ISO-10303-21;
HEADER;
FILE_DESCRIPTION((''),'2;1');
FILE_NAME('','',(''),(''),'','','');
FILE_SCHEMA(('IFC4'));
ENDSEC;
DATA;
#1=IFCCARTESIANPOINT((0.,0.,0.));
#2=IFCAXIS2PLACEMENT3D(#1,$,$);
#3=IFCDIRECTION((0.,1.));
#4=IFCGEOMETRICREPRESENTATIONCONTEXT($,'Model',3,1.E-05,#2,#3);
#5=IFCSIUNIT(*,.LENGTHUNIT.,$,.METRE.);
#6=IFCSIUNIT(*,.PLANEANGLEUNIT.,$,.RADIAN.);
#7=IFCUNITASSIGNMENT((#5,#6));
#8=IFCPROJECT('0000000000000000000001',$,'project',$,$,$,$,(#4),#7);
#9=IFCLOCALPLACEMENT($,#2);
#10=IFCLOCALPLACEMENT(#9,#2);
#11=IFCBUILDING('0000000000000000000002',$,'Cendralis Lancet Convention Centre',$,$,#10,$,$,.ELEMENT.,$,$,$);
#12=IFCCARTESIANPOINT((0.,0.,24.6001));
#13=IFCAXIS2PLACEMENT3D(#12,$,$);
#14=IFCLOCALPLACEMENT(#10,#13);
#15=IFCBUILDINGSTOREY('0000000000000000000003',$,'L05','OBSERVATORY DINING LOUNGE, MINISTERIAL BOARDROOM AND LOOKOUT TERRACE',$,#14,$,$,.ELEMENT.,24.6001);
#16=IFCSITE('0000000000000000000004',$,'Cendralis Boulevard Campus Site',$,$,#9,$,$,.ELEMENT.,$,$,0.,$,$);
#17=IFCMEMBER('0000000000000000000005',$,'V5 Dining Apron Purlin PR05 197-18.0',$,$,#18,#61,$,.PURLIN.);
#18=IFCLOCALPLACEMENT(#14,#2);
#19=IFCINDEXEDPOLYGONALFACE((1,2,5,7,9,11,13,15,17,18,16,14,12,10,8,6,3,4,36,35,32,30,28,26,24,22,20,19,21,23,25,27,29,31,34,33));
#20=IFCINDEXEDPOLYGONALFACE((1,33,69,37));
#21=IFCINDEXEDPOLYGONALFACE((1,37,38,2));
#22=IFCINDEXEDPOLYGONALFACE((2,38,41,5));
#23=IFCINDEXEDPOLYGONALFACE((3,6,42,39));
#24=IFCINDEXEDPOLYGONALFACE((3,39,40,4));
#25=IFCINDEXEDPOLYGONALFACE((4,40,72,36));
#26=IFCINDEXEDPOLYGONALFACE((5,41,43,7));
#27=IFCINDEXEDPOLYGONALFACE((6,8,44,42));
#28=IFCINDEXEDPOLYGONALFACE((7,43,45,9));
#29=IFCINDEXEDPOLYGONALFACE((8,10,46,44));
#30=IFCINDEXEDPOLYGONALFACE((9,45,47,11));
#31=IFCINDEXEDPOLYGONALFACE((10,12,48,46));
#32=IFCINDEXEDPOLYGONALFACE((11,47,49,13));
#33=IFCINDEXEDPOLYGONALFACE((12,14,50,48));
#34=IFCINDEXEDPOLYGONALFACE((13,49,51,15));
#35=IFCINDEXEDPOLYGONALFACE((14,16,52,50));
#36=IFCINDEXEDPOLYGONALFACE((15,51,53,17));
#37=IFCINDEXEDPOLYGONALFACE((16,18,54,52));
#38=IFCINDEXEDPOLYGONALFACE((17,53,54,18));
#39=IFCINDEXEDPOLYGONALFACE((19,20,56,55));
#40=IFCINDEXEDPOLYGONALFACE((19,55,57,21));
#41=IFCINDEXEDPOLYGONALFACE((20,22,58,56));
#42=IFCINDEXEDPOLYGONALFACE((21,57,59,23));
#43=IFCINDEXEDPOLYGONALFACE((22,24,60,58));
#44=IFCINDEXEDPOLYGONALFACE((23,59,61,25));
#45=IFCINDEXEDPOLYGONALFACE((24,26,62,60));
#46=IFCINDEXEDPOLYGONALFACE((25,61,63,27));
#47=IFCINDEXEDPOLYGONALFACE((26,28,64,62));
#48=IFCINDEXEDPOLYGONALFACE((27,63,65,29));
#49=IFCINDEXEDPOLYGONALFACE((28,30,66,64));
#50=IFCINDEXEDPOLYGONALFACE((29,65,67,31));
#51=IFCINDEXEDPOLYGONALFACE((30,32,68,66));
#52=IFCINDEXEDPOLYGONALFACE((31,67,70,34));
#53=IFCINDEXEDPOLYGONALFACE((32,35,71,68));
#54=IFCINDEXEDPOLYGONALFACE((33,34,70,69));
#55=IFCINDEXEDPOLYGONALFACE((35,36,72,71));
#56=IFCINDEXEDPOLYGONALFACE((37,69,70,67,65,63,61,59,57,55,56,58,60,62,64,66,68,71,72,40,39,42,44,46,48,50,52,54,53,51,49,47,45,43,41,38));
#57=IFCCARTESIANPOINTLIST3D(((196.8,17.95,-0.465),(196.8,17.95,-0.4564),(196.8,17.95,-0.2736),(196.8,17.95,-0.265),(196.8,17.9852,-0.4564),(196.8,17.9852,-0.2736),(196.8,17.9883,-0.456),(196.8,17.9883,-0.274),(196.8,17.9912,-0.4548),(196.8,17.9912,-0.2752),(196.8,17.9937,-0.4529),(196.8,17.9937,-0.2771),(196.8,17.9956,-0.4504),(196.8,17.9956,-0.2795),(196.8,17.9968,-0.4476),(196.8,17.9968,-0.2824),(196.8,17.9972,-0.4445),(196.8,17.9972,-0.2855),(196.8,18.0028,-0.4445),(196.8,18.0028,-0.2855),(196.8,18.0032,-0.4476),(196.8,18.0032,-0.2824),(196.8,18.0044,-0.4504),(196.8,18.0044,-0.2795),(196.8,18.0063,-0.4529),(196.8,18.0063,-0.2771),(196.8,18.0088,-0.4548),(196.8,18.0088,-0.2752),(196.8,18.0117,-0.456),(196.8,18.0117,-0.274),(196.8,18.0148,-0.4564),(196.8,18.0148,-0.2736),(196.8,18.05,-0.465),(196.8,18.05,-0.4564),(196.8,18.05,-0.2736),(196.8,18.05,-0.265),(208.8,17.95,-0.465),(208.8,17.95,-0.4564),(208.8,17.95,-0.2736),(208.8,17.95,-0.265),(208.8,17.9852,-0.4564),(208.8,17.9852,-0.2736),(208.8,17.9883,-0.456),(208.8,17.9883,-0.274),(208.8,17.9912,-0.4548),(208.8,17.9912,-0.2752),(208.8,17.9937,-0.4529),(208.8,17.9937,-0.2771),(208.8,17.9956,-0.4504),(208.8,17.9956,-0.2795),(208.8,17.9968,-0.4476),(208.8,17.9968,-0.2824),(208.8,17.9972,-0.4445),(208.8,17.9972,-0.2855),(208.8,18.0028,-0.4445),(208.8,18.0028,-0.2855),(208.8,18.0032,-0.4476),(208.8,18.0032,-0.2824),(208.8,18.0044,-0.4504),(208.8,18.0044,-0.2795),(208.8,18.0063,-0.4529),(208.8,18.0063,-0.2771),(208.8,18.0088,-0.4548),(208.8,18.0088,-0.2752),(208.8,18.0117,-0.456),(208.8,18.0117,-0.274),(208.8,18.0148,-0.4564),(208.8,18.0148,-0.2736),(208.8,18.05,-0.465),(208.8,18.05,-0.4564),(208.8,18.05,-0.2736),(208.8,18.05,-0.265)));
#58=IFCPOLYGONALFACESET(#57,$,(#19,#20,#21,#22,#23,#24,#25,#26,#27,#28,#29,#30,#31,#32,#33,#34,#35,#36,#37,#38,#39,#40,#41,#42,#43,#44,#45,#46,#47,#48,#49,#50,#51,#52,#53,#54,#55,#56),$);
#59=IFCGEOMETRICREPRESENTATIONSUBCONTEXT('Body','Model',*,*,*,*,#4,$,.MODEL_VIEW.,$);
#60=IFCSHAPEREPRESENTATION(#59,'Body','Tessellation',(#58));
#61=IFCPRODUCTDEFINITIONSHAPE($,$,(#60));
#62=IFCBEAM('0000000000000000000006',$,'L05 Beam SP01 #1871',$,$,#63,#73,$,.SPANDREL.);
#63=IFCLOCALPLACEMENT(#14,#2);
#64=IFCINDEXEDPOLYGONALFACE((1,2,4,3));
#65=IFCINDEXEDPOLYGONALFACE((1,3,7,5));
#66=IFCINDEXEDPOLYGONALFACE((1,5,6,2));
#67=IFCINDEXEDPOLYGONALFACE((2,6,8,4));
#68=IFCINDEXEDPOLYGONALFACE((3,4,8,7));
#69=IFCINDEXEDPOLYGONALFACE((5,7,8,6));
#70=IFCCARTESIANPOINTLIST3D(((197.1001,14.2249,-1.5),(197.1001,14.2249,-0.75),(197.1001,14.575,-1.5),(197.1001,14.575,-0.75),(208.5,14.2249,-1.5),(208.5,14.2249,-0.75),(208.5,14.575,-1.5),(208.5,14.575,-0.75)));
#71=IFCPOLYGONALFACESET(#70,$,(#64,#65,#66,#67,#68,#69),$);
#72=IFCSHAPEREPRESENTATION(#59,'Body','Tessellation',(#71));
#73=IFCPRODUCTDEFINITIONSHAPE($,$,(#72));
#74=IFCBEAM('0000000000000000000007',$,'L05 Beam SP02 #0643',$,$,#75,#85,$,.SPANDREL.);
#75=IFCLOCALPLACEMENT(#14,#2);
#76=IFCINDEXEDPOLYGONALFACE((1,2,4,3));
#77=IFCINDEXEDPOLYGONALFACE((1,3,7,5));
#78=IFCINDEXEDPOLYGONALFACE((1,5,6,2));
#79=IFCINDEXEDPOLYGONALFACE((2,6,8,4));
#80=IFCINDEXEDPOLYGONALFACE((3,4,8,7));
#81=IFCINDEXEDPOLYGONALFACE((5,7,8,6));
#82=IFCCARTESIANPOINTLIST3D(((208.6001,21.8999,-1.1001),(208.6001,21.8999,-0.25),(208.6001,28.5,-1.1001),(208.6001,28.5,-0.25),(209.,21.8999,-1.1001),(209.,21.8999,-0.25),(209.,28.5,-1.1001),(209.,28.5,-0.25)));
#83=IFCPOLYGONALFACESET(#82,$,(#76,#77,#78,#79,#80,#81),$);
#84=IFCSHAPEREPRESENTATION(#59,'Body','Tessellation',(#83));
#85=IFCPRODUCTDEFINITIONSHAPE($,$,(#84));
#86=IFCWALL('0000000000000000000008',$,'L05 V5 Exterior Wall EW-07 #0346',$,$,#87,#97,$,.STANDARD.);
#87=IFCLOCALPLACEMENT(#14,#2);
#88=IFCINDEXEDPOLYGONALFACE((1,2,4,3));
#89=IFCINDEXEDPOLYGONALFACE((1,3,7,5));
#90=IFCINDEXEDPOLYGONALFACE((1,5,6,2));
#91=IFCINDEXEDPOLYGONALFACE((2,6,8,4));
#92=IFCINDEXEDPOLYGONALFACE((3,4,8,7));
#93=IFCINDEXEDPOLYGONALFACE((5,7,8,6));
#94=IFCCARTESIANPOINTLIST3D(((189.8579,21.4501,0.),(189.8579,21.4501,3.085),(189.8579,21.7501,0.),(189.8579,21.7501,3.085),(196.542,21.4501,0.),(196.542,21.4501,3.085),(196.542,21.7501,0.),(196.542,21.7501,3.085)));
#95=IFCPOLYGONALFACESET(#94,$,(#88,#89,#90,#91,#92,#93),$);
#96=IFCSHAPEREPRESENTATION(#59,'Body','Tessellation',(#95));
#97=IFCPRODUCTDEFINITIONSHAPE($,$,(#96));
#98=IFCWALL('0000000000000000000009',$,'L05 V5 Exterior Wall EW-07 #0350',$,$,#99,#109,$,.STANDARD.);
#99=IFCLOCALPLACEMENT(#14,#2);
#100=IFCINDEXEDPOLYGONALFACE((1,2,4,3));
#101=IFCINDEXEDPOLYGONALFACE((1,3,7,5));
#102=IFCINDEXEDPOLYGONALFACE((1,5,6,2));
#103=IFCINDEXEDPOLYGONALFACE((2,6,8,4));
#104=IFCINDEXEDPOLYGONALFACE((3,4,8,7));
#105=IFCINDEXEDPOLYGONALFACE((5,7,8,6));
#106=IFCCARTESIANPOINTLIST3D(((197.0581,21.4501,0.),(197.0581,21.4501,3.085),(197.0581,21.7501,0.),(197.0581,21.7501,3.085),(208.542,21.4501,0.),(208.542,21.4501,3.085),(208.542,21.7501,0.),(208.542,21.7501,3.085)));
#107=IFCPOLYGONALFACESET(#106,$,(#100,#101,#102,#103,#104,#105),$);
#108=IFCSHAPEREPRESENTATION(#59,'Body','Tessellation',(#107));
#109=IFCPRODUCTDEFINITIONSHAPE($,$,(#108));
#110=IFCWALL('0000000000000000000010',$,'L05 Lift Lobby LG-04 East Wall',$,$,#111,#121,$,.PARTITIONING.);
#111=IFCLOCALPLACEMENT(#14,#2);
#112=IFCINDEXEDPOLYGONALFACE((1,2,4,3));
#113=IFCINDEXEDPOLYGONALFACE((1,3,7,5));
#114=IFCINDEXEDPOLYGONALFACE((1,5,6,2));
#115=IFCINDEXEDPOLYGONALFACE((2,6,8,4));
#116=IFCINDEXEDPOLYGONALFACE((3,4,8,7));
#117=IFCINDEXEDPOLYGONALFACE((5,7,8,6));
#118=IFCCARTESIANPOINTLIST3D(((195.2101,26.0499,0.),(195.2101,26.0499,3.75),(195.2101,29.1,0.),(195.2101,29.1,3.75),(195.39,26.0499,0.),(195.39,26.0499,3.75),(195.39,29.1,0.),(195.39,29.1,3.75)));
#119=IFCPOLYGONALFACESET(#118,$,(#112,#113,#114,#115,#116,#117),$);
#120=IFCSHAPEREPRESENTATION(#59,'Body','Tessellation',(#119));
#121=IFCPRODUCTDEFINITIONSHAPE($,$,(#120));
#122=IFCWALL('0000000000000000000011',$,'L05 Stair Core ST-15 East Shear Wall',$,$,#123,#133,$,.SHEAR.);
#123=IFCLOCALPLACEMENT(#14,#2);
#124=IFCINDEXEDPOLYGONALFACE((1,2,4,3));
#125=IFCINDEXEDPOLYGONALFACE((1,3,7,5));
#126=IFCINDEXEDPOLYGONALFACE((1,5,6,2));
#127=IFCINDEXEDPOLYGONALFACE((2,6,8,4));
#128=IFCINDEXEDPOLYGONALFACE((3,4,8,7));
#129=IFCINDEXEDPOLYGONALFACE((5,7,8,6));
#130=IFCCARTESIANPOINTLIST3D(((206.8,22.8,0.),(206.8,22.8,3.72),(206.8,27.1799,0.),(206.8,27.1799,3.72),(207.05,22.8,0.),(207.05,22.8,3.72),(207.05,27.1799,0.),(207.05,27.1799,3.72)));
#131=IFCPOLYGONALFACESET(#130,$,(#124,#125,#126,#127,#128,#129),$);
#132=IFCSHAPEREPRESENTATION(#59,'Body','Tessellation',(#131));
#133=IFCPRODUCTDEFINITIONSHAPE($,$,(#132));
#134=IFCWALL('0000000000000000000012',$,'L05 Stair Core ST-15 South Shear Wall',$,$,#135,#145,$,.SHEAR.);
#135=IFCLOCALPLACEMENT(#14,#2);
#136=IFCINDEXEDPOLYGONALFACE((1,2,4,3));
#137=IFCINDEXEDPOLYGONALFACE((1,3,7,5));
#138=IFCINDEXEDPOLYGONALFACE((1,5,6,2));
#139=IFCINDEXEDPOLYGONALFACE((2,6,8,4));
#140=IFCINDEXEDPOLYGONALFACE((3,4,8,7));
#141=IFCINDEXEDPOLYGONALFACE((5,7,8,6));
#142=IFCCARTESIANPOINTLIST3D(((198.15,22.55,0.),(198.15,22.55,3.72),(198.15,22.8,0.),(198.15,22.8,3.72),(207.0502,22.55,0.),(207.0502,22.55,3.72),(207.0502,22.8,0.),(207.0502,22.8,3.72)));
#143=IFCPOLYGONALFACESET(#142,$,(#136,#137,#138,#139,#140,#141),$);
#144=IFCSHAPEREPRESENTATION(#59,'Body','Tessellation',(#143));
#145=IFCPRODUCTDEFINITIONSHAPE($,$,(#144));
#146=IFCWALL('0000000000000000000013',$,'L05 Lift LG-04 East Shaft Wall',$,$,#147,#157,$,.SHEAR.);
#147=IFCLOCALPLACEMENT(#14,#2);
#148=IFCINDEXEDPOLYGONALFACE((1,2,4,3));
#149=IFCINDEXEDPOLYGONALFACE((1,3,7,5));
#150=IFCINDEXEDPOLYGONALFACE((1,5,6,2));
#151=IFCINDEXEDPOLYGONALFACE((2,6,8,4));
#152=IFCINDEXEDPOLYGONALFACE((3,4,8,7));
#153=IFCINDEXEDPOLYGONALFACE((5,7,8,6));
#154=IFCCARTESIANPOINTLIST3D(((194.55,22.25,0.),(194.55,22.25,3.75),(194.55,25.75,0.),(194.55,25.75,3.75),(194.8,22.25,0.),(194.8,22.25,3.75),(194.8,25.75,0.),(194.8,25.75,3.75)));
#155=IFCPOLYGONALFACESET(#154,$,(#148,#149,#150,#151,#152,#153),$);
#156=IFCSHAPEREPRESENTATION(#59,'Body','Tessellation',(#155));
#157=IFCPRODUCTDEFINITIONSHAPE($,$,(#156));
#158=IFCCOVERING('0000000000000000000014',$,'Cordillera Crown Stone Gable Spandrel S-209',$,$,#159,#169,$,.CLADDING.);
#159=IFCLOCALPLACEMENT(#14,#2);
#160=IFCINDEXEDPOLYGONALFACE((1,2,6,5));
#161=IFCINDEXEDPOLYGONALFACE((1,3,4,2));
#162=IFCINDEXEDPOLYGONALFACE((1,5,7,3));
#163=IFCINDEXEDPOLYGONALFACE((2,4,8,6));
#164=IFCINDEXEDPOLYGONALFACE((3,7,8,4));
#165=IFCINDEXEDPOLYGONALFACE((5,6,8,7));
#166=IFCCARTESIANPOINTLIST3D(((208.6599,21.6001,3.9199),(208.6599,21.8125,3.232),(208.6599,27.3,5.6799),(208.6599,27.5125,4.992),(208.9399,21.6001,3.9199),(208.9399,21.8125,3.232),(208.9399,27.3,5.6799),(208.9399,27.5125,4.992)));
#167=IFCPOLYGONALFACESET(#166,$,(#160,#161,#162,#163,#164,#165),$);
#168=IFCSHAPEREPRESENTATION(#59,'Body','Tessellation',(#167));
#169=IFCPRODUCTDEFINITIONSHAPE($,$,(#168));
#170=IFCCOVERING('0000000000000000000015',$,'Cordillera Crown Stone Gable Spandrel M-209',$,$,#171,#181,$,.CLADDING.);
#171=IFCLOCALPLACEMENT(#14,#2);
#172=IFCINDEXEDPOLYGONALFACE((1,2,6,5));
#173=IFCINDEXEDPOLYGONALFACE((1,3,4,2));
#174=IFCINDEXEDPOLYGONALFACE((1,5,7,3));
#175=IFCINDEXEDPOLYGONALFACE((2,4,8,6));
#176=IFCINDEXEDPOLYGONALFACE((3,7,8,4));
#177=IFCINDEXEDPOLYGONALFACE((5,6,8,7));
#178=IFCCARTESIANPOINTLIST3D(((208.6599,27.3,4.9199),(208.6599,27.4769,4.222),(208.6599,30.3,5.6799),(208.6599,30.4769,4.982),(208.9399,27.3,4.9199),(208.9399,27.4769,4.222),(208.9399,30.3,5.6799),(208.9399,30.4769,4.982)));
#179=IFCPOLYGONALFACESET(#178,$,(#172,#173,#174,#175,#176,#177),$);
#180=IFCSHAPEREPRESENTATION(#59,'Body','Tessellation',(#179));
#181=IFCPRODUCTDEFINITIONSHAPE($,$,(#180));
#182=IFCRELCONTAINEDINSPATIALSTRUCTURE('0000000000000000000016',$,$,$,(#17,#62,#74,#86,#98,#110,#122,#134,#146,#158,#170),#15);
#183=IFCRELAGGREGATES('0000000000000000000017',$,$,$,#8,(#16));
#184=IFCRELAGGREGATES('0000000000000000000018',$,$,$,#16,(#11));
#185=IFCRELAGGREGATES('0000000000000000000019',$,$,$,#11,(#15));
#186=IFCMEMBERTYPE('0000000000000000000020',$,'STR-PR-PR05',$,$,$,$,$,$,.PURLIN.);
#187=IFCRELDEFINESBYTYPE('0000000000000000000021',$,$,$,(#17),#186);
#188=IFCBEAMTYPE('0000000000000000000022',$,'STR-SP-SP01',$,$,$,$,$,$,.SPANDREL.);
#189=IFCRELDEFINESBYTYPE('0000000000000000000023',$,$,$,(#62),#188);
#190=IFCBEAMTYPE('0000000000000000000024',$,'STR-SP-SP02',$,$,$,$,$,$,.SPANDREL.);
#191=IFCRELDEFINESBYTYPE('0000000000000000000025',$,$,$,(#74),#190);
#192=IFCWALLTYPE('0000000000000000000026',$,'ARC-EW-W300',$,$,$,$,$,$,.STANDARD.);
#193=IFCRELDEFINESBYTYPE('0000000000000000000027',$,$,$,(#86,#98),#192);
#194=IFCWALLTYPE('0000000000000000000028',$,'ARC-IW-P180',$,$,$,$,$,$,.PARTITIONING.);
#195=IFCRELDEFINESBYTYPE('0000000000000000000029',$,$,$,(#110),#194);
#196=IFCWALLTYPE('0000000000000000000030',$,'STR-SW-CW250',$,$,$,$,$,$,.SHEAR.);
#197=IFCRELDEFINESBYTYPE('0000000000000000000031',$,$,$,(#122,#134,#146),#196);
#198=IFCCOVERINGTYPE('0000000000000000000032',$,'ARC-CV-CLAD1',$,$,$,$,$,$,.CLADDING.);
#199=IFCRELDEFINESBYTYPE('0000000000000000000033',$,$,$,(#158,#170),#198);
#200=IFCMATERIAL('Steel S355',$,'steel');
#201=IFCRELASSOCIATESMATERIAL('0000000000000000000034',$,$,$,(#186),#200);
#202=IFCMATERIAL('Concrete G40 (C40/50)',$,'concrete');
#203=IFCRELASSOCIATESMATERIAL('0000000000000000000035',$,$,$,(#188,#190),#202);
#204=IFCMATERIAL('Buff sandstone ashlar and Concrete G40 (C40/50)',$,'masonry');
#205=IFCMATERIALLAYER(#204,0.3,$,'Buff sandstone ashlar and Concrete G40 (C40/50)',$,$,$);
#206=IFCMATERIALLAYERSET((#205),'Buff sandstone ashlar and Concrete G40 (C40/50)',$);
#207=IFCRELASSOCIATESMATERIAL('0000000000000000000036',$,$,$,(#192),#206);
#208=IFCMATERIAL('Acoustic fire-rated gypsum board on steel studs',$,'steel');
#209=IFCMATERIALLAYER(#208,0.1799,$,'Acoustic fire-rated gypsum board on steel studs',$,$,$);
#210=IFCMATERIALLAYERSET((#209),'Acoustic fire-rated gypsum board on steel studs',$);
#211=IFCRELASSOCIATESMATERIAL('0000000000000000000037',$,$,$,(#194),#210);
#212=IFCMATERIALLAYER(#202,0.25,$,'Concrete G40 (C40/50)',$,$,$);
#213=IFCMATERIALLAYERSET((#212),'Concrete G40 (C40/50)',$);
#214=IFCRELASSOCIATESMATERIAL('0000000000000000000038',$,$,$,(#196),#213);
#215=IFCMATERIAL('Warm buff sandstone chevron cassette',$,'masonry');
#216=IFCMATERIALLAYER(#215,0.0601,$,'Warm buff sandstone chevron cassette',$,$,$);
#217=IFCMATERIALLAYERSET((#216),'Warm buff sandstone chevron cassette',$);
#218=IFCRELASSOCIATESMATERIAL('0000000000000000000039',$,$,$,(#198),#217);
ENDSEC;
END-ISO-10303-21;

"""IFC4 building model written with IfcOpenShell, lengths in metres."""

from ifc_helpers import new_model, si_unit, direction, frame, frame_2d, origin, origin_2d, place, context, subcontext, project, spatial, polyline, rectangle, i_section, outline, extrude, material, layer, layer_set, material_profile, profile_set, type_object, element, save


model = new_model("IFC4")

# Units and contexts
model_context = context("Model", 3, precision=1e-05, world=origin(), true_north=direction((0.0, 1.0)))
body_context = subcontext(model_context, "Body", "Model", "MODEL_VIEW")
ifc_project = project(units=[si_unit("LENGTHUNIT", "METRE"), si_unit("PLANEANGLEUNIT", "RADIAN")], contexts=[model_context])

# Site, building, storey
site_placement = place(None, origin())
site = spatial("IfcSite", under=ifc_project, at=site_placement, Name="Cendralis Boulevard Campus Site", CompositionType="ELEMENT", RefElevation=0.0)
building_placement = place(site_placement, origin())
building = spatial("IfcBuilding", under=site, at=building_placement, Name="Cendralis Lancet Convention Centre", CompositionType="ELEMENT")
storey_placement = place(building_placement, frame((0.0, 0.0, 24.6001)))
storey = spatial("IfcBuildingStorey", under=building, at=storey_placement, Name="L05", Description="OBSERVATORY DINING LOUNGE, MINISTERIAL BOARDROOM AND LOOKOUT TERRACE", CompositionType="ELEMENT", Elevation=24.6001)

# Shared definitions
ifc_material_1 = material(Name="Concrete G40 (C40/50)", Category="concrete")

# Shared definitions
ifc_material_2 = material(Name="Steel S355", Category="steel")

# Member
ifc_material_profile_1 = material_profile(ifc_material_2, i_section(OverallWidth=0.1001, OverallDepth=0.2, WebThickness=0.0056, FlangeThickness=0.0085, FilletRadius=0.012, at=origin_2d()), Name="IPE 200")
ifc_profile_set_1 = profile_set([ifc_material_profile_1], Name="Steel S355")
member_type = type_object("IfcMemberType", Name="STR-PR-PR05", PredefinedType="PURLIN", material=ifc_profile_set_1)
member_placement = place(storey_placement, frame((196.8, 18.0, -0.365), z_axis=(1.0, 0.0, 0.0), x_axis=(0.0, 1.0, 0.0)))
element("IfcMember", 1, at=member_placement, inside=storey, type_object=member_type, Name="V5 Dining Apron Purlin PR05 197-18.0", PredefinedType="PURLIN", context=body_context, shape_type="SweptSolid", body=[
    extrude(i_section(OverallWidth=0.1001, OverallDepth=0.2, WebThickness=0.0056, FlangeThickness=0.0085, FilletRadius=0.012, at=origin_2d()), origin(), (0.0, 0.0, 1.0), 12.0),
])

# Beams
ifc_material_profile_2 = material_profile(ifc_material_1, rectangle(XDim=0.3501, YDim=0.75, at=origin_2d()), Name="RCB 350x750")
ifc_profile_set_2 = profile_set([ifc_material_profile_2], Name="Concrete G40 (C40/50)")
beam_type_1 = type_object("IfcBeamType", Name="STR-SP-SP01", PredefinedType="SPANDREL", material=ifc_profile_set_2)
beam_1_placement = place(storey_placement, frame((197.1001, 14.3999, -1.125), z_axis=(1.0, 0.0, 0.0), x_axis=(0.0, 1.0, 0.0)))
element("IfcBeam", 2, at=beam_1_placement, inside=storey, type_object=beam_type_1, Name="L05 Beam SP01 #1871", PredefinedType="SPANDREL", context=body_context, shape_type="SweptSolid", body=[
    extrude(rectangle(XDim=0.3501, YDim=0.75, at=origin_2d()), origin(), (0.0, 0.0, 1.0), 11.3999),
])
ifc_material_profile_3 = material_profile(ifc_material_1, rectangle(XDim=0.3999, YDim=0.8501, at=origin_2d()), Name="RCB 400x850")
ifc_profile_set_3 = profile_set([ifc_material_profile_3], Name="Concrete G40 (C40/50)")
beam_type_2 = type_object("IfcBeamType", Name="STR-SP-SP02", PredefinedType="SPANDREL", material=ifc_profile_set_3)
beam_2_placement = place(storey_placement, frame((208.8, 21.8999, -0.675), z_axis=(0.0, 1.0, 0.0), x_axis=(-1.0, 0.0, 0.0)))
element("IfcBeam", 3, at=beam_2_placement, inside=storey, type_object=beam_type_2, Name="L05 Beam SP02 #0643", PredefinedType="SPANDREL", context=body_context, shape_type="SweptSolid", body=[
    extrude(rectangle(XDim=0.3999, YDim=0.8501, at=origin_2d()), origin(), (0.0, 0.0, 1.0), 6.6001),
])

# Walls
ifc_material_3 = material(Name="Buff sandstone ashlar and Concrete G40 (C40/50)", Category="masonry")
ifc_layer_1 = layer(ifc_material_3, 0.3, Name="Buff sandstone ashlar and Concrete G40 (C40/50)")
ifc_layer_set_1 = layer_set([ifc_layer_1], Name="Buff sandstone ashlar and Concrete G40 (C40/50)")
wall_type_1 = type_object("IfcWallType", Name="ARC-EW-W300", PredefinedType="STANDARD", material=ifc_layer_set_1)
wall_1_placement = place(storey_placement, frame((196.542, 21.6001, 0.0), z_axis=(0.0, 0.0, 1.0), x_axis=(-1.0, 0.0, 0.0)))
element("IfcWall", 4, at=wall_1_placement, inside=storey, type_object=wall_type_1, Name="L05 V5 Exterior Wall EW-07 #0346", PredefinedType="STANDARD", context=body_context, shape_type="SweptSolid", body=[
    extrude(rectangle(XDim=6.6841, YDim=0.3, at=frame_2d((3.342, 0.0))), origin(), (0.0, 0.0, 1.0), 3.085),
])
wall_2_placement = place(storey_placement, frame((208.542, 21.6001, 0.0), z_axis=(0.0, 0.0, 1.0), x_axis=(-1.0, 0.0, 0.0)))
element("IfcWall", 5, at=wall_2_placement, inside=storey, type_object=wall_type_1, Name="L05 V5 Exterior Wall EW-07 #0350", PredefinedType="STANDARD", context=body_context, shape_type="SweptSolid", body=[
    extrude(rectangle(XDim=11.4839, YDim=0.3, at=frame_2d((5.7419, 0.0))), origin(), (0.0, 0.0, 1.0), 3.085),
])
ifc_material_4 = material(Name="Acoustic fire-rated gypsum board on steel studs", Category="steel")
ifc_layer_2 = layer(ifc_material_4, 0.1799, Name="Acoustic fire-rated gypsum board on steel studs")
ifc_layer_set_2 = layer_set([ifc_layer_2], Name="Acoustic fire-rated gypsum board on steel studs")
wall_type_2 = type_object("IfcWallType", Name="ARC-IW-P180", PredefinedType="PARTITIONING", material=ifc_layer_set_2)
wall_3_placement = place(storey_placement, frame((195.3, 26.05, 0.0), z_axis=(0.0, 0.0, 1.0), x_axis=(0.0, 1.0, 0.0)))
element("IfcWall", 6, at=wall_3_placement, inside=storey, type_object=wall_type_2, Name="L05 Lift Lobby LG-04 East Wall", PredefinedType="PARTITIONING", context=body_context, shape_type="SweptSolid", body=[
    extrude(rectangle(XDim=3.05, YDim=0.1799, at=frame_2d((1.5249, 0.0))), origin(), (0.0, 0.0, 1.0), 3.75),
])

# Shared definitions
ifc_layer_3 = layer(ifc_material_1, 0.25, Name="Concrete G40 (C40/50)")
ifc_layer_set_3 = layer_set([ifc_layer_3], Name="Concrete G40 (C40/50)")
wall_type_3 = type_object("IfcWallType", Name="STR-SW-CW250", PredefinedType="SHEAR", material=ifc_layer_set_3)

# Walls
wall_4_placement = place(storey_placement, frame((206.925, 22.8, 0.0), z_axis=(0.0, 0.0, 1.0), x_axis=(0.0, 1.0, 0.0)))
element("IfcWall", 7, at=wall_4_placement, inside=storey, type_object=wall_type_3, Name="L05 Stair Core ST-15 East Shear Wall", PredefinedType="SHEAR", context=body_context, shape_type="SweptSolid", body=[
    extrude(rectangle(XDim=4.3799, YDim=0.25, at=frame_2d((2.1899, 0.0))), origin(), (0.0, 0.0, 1.0), 3.72),
])
wall_5_placement = place(storey_placement, frame((198.1499, 22.675, 0.0), z_axis=(0.0, 0.0, 1.0), x_axis=(1.0, 0.0, 0.0)))
element("IfcWall", 8, at=wall_5_placement, inside=storey, type_object=wall_type_3, Name="L05 Stair Core ST-15 South Shear Wall", PredefinedType="SHEAR", context=body_context, shape_type="SweptSolid", body=[
    extrude(rectangle(XDim=8.9001, YDim=0.25, at=frame_2d((4.4502, 0.0))), origin(), (0.0, 0.0, 1.0), 3.72),
])
wall_6_placement = place(storey_placement, frame((194.675, 22.25, 0.0), z_axis=(0.0, 0.0, 1.0), x_axis=(0.0, 1.0, 0.0)))
element("IfcWall", 9, at=wall_6_placement, inside=storey, type_object=wall_type_3, Name="L05 Lift LG-04 East Shaft Wall", PredefinedType="SHEAR", context=body_context, shape_type="SweptSolid", body=[
    extrude(rectangle(XDim=3.5, YDim=0.25, at=frame_2d((1.75, 0.0))), origin(), (0.0, 0.0, 1.0), 3.75),
])

# Coverings
ifc_material_5 = material(Name="Warm buff sandstone chevron cassette", Category="masonry")
ifc_layer_4 = layer(ifc_material_5, 0.0601, Name="Warm buff sandstone chevron cassette")
ifc_layer_set_4 = layer_set([ifc_layer_4], Name="Warm buff sandstone chevron cassette")
covering_type = type_object("IfcCoveringType", Name="ARC-CV-CLAD1", PredefinedType="CLADDING", material=ifc_layer_set_4)
covering_1_placement = place(storey_placement, frame((208.6599, 21.6001, 3.9199), z_axis=(0.0, -0.295032, 0.955487), x_axis=(1.0, 0.0, 0.0)))
element("IfcCovering", 10, at=covering_1_placement, inside=storey, type_object=covering_type, Name="Cordillera Crown Stone Gable Spandrel S-209", PredefinedType="CLADDING", context=body_context, shape_type="SweptSolid", body=[
    extrude(outline(polyline([(0.0, 0.0), (0.28, 0.0), (0.28, 5.9655), (0.0, 5.9655), (0.0, 0.0)])), origin(), (0.0, 0.0, -1.0), 0.72),
])
covering_2_placement = place(storey_placement, frame((208.6599, 27.3, 4.9199), z_axis=(0.0, -0.245579, 0.969377), x_axis=(1.0, 0.0, 0.0)))
element("IfcCovering", 11, at=covering_2_placement, inside=storey, type_object=covering_type, Name="Cordillera Crown Stone Gable Spandrel M-209", PredefinedType="CLADDING", context=body_context, shape_type="SweptSolid", body=[
    extrude(outline(polyline([(0.0, 0.0), (0.28, 0.0), (0.28, 3.0948), (0.0, 3.0948), (0.0, 0.0)])), origin(), (0.0, 0.0, -1.0), 0.72),
])

save(model, "model.ifc")
